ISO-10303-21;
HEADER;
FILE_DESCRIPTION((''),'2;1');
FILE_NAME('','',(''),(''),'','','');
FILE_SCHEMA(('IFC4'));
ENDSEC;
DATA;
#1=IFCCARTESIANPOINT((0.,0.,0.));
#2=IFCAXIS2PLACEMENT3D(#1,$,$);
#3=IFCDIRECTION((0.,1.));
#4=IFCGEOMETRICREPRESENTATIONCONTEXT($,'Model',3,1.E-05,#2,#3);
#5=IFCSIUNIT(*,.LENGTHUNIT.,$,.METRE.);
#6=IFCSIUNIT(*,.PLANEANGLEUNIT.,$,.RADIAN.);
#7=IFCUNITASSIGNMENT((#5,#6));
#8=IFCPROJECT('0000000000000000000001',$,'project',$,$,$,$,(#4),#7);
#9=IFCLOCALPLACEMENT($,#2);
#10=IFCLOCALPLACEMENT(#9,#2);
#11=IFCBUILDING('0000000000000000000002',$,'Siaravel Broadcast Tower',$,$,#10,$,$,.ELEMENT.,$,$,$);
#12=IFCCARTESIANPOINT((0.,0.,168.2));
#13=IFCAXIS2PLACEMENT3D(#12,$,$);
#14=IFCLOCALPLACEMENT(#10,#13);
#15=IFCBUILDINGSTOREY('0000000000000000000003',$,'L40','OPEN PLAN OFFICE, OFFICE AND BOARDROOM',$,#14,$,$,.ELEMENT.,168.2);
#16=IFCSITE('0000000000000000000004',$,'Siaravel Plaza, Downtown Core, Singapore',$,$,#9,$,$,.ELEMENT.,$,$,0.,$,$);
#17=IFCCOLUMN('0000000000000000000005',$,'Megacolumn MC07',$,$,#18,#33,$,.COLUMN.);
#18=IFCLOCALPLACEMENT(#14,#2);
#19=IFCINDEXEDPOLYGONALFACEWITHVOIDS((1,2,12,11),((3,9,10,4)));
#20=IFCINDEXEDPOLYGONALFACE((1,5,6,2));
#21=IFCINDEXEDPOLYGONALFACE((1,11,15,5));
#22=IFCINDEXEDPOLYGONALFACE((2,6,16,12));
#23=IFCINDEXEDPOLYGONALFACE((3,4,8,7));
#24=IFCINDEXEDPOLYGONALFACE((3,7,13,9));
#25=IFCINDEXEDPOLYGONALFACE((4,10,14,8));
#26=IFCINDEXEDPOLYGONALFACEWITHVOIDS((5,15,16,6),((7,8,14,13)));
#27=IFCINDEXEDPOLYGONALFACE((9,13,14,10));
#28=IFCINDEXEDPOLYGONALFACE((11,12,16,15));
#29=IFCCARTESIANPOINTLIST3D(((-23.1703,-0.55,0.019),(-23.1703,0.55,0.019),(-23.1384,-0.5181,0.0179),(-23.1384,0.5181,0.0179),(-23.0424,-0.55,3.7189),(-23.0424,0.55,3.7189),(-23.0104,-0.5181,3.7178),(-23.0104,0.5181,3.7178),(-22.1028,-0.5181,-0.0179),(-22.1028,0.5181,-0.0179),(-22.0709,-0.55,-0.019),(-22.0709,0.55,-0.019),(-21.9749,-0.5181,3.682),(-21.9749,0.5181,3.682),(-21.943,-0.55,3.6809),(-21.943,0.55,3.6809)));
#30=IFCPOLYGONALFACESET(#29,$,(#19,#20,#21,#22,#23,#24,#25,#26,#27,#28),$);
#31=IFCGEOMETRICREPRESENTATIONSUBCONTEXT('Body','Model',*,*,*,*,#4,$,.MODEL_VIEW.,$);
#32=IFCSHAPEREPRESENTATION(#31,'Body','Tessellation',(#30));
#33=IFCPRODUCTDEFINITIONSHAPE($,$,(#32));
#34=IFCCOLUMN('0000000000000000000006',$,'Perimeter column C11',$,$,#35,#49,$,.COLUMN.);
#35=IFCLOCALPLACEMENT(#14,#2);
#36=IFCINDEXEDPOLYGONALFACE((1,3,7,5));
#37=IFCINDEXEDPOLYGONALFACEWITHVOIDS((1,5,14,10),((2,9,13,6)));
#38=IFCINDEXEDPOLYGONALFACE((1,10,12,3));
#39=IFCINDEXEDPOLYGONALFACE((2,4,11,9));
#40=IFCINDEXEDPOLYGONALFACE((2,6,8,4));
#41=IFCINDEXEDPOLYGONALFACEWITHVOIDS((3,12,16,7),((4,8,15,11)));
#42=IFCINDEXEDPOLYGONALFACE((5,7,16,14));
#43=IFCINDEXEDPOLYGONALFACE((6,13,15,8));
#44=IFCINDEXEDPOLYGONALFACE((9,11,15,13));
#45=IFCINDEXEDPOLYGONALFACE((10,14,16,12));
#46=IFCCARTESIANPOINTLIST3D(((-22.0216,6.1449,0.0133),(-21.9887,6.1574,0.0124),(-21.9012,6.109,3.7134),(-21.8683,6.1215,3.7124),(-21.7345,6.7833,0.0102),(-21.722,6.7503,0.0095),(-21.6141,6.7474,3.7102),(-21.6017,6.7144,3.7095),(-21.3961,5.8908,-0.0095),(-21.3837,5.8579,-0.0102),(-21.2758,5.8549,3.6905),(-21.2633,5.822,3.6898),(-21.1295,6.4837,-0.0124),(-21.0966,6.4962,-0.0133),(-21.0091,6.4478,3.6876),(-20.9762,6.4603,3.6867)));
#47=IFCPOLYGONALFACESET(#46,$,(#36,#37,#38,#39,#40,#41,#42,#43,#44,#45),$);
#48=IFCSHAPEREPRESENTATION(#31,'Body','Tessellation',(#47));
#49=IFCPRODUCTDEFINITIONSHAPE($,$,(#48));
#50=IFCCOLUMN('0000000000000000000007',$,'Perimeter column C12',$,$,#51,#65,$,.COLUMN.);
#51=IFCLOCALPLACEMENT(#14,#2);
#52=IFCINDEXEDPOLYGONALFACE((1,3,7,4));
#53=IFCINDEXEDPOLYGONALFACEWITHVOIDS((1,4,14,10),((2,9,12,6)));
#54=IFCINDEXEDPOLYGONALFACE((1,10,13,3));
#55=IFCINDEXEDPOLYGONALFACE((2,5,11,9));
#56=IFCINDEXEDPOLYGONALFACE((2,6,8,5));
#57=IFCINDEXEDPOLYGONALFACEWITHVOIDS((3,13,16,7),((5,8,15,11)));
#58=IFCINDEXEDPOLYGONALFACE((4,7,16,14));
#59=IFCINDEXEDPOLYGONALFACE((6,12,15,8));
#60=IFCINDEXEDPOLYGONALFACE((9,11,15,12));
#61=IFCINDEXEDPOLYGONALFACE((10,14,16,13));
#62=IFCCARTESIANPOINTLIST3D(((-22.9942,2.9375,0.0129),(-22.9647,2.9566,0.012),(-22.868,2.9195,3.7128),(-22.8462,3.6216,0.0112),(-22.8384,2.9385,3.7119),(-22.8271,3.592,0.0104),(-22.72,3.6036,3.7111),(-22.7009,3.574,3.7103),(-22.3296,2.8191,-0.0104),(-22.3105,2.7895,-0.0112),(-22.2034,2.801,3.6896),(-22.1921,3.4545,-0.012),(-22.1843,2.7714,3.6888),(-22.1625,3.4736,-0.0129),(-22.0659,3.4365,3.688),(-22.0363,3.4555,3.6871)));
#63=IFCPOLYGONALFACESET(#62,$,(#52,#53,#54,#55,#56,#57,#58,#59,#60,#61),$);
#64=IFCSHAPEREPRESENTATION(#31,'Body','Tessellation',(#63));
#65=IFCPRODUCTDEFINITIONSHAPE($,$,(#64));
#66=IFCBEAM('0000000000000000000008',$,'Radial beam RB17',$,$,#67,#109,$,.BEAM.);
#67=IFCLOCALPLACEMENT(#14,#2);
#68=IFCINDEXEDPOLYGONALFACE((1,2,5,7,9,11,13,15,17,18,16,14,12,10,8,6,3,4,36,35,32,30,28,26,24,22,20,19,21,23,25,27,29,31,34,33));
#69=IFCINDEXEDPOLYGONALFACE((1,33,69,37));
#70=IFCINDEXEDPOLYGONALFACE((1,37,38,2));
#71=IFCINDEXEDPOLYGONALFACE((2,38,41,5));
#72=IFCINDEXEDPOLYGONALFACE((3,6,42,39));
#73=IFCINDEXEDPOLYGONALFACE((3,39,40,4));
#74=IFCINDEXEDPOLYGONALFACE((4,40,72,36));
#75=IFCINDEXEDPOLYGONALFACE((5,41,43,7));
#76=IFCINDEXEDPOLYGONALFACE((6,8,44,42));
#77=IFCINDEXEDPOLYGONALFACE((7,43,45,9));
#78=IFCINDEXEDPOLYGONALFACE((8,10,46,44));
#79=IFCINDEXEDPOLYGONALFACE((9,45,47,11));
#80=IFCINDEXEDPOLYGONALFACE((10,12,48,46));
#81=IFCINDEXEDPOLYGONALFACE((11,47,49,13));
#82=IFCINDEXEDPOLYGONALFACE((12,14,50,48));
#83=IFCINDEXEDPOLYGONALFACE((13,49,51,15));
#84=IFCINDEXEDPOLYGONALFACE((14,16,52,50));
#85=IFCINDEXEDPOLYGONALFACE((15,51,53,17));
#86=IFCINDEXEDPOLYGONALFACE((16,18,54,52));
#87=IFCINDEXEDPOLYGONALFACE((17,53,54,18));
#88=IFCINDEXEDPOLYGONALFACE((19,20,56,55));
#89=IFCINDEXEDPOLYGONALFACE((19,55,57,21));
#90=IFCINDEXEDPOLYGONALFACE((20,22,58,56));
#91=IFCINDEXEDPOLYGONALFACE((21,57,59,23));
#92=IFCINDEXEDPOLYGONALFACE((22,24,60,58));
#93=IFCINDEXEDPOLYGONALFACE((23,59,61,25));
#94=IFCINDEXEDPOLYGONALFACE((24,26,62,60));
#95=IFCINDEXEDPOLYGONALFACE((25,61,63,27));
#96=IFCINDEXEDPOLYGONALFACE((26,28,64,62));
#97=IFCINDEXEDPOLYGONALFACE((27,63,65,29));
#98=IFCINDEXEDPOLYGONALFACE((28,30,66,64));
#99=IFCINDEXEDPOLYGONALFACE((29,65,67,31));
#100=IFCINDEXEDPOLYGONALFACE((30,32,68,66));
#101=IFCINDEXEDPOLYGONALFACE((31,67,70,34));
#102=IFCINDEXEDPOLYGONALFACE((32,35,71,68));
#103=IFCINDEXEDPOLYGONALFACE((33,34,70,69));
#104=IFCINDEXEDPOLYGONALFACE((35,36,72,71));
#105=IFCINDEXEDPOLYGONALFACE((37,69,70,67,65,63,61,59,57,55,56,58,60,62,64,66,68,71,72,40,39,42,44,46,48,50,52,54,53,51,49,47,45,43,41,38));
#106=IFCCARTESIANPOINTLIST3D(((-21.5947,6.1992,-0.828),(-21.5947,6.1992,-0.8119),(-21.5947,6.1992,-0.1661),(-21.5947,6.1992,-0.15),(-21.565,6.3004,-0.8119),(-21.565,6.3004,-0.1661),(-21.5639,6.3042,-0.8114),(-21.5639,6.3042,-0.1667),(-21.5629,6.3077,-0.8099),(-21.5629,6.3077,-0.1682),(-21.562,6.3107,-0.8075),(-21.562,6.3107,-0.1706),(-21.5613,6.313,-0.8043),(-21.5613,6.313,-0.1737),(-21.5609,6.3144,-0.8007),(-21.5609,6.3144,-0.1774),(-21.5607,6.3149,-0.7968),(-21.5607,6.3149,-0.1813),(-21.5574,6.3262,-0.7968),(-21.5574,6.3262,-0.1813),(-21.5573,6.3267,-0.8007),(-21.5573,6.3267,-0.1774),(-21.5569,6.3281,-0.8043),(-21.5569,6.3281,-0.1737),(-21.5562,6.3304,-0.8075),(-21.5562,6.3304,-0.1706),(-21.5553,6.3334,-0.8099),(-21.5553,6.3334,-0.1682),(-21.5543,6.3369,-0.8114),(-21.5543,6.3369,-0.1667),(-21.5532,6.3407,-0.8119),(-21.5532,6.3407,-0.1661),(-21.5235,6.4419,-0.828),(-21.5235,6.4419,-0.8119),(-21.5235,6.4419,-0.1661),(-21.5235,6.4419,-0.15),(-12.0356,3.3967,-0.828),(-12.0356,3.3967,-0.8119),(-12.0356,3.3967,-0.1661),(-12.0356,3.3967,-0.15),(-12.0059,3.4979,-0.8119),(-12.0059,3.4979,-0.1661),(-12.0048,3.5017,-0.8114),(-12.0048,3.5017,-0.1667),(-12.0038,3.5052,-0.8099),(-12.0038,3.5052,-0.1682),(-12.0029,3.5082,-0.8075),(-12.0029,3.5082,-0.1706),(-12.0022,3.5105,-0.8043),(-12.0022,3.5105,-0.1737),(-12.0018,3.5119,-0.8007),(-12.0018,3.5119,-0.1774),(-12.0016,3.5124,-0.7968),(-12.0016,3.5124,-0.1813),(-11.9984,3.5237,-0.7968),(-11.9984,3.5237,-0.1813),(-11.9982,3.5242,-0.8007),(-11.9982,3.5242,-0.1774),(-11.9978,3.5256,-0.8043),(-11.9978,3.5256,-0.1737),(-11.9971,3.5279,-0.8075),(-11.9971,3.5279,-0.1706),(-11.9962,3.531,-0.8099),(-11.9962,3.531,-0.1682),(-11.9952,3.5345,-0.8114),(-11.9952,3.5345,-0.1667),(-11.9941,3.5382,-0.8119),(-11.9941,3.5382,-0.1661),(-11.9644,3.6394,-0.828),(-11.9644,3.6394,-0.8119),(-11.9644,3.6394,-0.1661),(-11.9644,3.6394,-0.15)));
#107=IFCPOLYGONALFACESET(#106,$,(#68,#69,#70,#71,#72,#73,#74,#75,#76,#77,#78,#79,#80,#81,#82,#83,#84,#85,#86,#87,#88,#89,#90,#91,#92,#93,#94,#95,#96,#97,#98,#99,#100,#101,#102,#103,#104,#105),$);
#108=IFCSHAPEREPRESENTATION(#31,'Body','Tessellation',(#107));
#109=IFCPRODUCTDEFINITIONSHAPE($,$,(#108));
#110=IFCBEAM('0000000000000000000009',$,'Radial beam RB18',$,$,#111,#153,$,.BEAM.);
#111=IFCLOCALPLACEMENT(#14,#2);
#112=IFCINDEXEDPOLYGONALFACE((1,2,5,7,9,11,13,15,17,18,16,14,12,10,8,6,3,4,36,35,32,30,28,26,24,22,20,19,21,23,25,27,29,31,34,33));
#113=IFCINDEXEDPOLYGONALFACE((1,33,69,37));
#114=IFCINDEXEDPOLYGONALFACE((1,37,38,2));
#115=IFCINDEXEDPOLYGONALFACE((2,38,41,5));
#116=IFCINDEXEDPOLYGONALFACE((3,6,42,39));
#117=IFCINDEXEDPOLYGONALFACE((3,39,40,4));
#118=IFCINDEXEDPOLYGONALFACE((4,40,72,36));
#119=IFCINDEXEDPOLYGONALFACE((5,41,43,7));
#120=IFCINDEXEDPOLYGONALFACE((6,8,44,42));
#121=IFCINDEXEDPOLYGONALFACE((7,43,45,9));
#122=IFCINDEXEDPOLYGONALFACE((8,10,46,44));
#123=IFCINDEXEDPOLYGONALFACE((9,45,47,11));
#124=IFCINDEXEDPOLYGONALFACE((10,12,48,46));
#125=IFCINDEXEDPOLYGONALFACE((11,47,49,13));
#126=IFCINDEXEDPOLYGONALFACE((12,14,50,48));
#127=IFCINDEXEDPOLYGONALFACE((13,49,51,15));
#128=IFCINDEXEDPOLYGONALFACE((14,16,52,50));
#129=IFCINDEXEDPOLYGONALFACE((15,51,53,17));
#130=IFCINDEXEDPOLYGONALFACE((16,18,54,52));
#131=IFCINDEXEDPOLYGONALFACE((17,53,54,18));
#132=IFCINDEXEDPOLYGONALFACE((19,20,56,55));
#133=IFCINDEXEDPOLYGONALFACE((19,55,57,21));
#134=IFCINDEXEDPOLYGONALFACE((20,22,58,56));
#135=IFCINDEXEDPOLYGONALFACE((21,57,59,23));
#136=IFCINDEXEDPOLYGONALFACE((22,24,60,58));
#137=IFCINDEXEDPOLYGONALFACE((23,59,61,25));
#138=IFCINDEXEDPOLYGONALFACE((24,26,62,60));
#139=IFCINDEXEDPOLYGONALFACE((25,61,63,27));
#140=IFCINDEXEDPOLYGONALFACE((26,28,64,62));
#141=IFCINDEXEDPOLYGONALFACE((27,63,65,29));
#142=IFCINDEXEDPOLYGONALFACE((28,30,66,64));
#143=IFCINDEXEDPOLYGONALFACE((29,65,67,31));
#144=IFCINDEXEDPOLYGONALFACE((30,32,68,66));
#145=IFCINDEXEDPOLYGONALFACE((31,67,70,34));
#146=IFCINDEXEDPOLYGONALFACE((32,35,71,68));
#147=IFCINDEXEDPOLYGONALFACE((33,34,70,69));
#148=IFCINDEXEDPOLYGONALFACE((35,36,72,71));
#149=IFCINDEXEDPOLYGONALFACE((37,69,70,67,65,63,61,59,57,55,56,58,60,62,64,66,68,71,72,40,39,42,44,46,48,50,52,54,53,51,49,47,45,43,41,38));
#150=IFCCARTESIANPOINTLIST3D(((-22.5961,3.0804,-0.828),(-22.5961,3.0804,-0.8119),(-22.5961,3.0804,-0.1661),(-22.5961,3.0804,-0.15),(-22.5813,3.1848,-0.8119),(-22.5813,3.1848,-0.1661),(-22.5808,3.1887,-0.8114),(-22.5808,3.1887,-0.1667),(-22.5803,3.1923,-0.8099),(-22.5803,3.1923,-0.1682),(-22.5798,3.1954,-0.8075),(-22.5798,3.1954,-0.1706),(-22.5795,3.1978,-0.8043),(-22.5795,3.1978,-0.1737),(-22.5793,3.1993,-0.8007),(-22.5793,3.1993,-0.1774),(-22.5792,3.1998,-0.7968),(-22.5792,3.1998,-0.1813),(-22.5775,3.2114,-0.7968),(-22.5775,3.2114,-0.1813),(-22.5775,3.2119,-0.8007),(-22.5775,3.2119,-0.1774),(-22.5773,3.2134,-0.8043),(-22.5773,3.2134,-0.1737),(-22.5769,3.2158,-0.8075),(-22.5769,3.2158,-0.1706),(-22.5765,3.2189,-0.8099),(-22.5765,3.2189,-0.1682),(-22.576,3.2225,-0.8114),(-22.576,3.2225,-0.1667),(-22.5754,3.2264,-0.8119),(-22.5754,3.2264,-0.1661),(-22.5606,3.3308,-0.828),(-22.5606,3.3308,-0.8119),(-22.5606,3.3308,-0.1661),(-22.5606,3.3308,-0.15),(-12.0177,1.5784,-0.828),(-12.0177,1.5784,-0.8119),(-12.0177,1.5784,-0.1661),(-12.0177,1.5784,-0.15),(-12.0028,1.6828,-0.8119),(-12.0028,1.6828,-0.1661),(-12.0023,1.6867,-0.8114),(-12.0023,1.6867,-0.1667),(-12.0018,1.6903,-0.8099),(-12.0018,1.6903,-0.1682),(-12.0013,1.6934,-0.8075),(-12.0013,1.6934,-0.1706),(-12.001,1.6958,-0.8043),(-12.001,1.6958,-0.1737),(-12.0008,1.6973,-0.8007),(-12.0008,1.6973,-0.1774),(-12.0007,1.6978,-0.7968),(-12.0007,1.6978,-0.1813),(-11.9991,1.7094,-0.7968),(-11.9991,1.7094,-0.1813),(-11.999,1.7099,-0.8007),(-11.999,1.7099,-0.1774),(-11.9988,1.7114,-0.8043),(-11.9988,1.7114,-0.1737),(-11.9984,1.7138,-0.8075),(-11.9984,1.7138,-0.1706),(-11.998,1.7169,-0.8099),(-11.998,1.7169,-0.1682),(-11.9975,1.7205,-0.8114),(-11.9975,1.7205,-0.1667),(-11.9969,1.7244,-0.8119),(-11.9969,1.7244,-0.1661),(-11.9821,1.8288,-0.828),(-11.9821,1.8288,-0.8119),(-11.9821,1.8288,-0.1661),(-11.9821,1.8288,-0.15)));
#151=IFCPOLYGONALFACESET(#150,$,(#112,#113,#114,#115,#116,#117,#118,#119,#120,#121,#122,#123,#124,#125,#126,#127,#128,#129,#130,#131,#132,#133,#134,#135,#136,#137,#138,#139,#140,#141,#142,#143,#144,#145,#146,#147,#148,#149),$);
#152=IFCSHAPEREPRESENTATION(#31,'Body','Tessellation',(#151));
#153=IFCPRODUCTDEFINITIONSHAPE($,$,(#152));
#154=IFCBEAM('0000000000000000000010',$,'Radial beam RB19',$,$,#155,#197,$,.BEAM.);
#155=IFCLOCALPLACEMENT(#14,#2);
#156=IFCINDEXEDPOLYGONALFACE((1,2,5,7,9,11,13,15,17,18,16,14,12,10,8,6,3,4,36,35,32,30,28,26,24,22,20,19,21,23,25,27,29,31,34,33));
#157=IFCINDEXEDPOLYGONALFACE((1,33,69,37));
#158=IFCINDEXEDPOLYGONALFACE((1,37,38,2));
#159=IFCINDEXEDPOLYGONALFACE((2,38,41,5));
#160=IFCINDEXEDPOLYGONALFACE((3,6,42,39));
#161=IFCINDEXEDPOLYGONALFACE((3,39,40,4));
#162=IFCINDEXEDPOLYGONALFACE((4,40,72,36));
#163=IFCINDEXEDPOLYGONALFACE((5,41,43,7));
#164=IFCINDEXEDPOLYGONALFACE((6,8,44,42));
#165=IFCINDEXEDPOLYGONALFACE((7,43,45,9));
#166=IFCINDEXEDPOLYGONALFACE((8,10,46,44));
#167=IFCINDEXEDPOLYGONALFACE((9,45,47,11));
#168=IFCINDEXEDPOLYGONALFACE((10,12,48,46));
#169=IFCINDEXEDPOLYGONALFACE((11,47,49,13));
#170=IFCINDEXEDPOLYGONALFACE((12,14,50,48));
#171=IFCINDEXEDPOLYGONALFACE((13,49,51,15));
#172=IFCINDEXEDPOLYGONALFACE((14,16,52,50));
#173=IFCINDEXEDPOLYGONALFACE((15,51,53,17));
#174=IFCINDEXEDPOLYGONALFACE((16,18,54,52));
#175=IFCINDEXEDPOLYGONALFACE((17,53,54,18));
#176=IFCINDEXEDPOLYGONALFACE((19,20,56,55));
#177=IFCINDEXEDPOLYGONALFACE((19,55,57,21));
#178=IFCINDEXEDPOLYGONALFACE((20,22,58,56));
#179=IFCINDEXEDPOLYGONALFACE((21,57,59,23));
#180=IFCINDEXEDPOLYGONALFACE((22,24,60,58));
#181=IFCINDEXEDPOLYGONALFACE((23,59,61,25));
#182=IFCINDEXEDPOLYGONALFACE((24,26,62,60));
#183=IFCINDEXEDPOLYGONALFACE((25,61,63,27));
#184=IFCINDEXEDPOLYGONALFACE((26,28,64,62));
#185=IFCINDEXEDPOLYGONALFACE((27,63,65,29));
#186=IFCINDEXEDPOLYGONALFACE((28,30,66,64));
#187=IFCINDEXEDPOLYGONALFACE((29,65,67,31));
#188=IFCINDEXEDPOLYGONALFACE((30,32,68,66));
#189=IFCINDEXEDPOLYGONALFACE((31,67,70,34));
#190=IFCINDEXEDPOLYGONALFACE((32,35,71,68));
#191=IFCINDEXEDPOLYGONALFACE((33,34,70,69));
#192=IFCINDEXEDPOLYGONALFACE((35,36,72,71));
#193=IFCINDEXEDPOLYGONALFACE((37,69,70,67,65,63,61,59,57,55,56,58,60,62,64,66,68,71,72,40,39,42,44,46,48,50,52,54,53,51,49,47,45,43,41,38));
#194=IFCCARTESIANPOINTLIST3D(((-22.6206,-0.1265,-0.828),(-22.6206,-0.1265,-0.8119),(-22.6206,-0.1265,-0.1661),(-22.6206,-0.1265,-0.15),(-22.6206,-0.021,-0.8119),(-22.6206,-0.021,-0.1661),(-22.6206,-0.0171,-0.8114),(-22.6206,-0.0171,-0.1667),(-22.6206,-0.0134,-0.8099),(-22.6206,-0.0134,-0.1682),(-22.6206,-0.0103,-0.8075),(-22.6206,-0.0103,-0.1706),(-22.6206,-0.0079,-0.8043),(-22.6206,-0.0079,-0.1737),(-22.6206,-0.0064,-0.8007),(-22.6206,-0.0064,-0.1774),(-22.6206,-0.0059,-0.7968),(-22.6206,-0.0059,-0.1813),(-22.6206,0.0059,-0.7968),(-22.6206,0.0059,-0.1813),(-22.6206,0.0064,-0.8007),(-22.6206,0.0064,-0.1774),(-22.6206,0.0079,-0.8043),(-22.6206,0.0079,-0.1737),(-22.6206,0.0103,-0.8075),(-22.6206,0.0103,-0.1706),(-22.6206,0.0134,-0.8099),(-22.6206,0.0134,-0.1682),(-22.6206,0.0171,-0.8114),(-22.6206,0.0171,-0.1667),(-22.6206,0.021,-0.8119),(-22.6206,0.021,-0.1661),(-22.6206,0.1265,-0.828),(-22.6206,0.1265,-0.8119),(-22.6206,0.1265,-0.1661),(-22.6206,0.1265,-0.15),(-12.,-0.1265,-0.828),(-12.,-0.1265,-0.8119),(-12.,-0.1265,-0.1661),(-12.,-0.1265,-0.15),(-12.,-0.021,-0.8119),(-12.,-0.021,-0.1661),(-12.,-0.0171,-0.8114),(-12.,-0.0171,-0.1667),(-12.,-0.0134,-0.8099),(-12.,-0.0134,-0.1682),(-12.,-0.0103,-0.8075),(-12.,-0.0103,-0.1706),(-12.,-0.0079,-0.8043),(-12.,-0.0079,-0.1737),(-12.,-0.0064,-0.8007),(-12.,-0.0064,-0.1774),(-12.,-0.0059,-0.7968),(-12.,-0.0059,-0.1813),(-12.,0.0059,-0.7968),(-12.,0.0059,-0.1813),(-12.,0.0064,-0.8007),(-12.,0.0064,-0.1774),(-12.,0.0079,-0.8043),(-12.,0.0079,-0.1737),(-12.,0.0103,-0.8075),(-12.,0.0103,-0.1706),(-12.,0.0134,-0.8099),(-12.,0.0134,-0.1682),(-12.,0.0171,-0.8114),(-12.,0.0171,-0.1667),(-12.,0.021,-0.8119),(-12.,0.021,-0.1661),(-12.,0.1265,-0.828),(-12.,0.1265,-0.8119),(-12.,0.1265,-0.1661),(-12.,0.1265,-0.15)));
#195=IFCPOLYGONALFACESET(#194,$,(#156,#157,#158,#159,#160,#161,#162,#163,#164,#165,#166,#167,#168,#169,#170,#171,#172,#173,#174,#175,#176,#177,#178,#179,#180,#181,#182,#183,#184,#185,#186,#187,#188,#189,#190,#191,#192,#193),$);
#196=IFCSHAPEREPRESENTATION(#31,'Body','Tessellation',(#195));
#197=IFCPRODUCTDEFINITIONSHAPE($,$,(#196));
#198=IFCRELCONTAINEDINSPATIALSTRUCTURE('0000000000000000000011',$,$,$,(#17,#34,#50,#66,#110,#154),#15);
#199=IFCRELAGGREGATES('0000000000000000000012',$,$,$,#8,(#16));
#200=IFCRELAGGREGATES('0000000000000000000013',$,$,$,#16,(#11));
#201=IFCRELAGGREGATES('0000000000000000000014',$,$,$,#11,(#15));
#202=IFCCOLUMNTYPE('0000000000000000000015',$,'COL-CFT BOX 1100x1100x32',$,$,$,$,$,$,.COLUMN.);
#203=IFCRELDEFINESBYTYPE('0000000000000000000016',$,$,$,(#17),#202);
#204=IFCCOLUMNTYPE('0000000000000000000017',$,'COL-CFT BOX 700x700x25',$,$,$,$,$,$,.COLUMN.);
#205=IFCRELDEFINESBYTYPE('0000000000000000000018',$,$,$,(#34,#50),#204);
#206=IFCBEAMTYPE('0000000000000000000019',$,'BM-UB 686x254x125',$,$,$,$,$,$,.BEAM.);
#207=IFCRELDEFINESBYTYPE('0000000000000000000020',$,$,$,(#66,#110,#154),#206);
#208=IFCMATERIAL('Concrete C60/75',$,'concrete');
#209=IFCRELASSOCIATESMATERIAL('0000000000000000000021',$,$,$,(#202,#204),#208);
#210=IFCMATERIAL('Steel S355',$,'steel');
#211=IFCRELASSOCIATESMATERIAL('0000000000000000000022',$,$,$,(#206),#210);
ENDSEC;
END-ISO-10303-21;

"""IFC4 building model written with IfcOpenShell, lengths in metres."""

from ifc_helpers import new_model, si_unit, direction, frame, origin, origin_2d, place, context, subcontext, project, spatial, hollow_rectangle, i_section, extrude, material, material_profile, profile_set, type_object, element, save


model = new_model("IFC4")

# Units and contexts
model_context = context("Model", 3, precision=1e-05, world=origin(), true_north=direction((0.0, 1.0)))
body_context = subcontext(model_context, "Body", "Model", "MODEL_VIEW")
ifc_project = project(units=[si_unit("LENGTHUNIT", "METRE"), si_unit("PLANEANGLEUNIT", "RADIAN")], contexts=[model_context])

# Site, building, storey
site_placement = place(None, origin())
site = spatial("IfcSite", under=ifc_project, at=site_placement, Name="Siaravel Plaza, Downtown Core, Singapore", CompositionType="ELEMENT", RefElevation=0.0)
building_placement = place(site_placement, origin())
building = spatial("IfcBuilding", under=site, at=building_placement, Name="Siaravel Broadcast Tower", CompositionType="ELEMENT")
storey_placement = place(building_placement, frame((0.0, 0.0, 168.2)))
storey = spatial("IfcBuildingStorey", under=building, at=storey_placement, Name="L40", Description="OPEN PLAN OFFICE, OFFICE AND BOARDROOM", CompositionType="ELEMENT", Elevation=168.2)

# Columns
ifc_material_1 = material(Name="Concrete C60/75", Category="concrete")
ifc_material_profile_1 = material_profile(ifc_material_1, hollow_rectangle(XDim=1.1001, YDim=1.1001, WallThickness=0.032, at=origin_2d()))
ifc_profile_set_1 = profile_set([ifc_material_profile_1], Name="Concrete C60/75")
column_type_1 = type_object("IfcColumnType", Name="COL-CFT BOX 1100x1100x32", PredefinedType="COLUMN", material=ifc_profile_set_1)
column_placement = place(storey_placement, frame((-22.6206, 0.0, 0.0), z_axis=(0.034555, 0.0, 0.999403), x_axis=(0.0, 1.0, 0.0)))
element("IfcColumn", 1, at=column_placement, inside=storey, type_object=column_type_1, Name="Megacolumn MC07", PredefinedType="COLUMN", context=body_context, shape_type="SweptSolid", body=[
    extrude(hollow_rectangle(XDim=1.1001, YDim=1.1001, WallThickness=0.032, at=origin_2d()), origin(), (0.0, 0.0, 1.0), 3.7021),
])
ifc_material_profile_2 = material_profile(ifc_material_1, hollow_rectangle(XDim=0.7, YDim=0.7, WallThickness=0.0249, at=origin_2d()))
ifc_profile_set_2 = profile_set([ifc_material_profile_2], Name="Concrete C60/75")
column_type_2 = type_object("IfcColumnType", Name="COL-CFT BOX 700x700x25", PredefinedType="COLUMN", material=ifc_profile_set_2)
for number, where, z_axis, x_axis, name in (
    (2, (-21.5591, 6.3206, 0.0), (0.032512, -0.009694, 0.999424), (0.410188, 0.91199, -0.004498), "Perimeter column C11"),
    (3, (-22.5784, 3.2056, 0.0), (0.034094, -0.00488, 0.999407), (0.211515, 0.977372, -0.002443), "Perimeter column C12"),
):
    element("IfcColumn", number, at=place(storey_placement, frame(where, z_axis=z_axis, x_axis=x_axis)), inside=storey, type_object=column_type_2, Name=name, PredefinedType="COLUMN", context=body_context, shape_type="SweptSolid", body=[
        extrude(hollow_rectangle(XDim=0.7, YDim=0.7, WallThickness=0.0249, at=origin_2d()), origin(), (0.0, 0.0, 1.0), 3.7021),
    ])

# Beams
ifc_material_2 = material(Name="Steel S355", Category="steel")
ifc_material_profile_3 = material_profile(ifc_material_2, i_section(OverallWidth=0.2529, OverallDepth=0.678, WebThickness=0.0117, FlangeThickness=0.0161, FilletRadius=0.0151, at=origin_2d()))
ifc_profile_set_3 = profile_set([ifc_material_profile_3], Name="Steel S355")
beam_type = type_object("IfcBeamType", Name="BM-UB 686x254x125", PredefinedType="BEAM", material=ifc_profile_set_3)
beam_1_placement = place(storey_placement, frame((-21.5591, 6.3206, -0.489), z_axis=(0.95961, -0.281334, 0.0), x_axis=(0.281334, 0.95961, 0.0)))
element("IfcBeam", 4, at=beam_1_placement, inside=storey, type_object=beam_type, Name="Radial beam RB17", PredefinedType="BEAM", context=body_context, shape_type="SweptSolid", body=[
    extrude(i_section(OverallWidth=0.2529, OverallDepth=0.678, WebThickness=0.0117, FlangeThickness=0.0161, FilletRadius=0.0151, at=origin_2d()), origin(), (0.0, 0.0, 1.0), 9.9614),
])
beam_2_placement = place(storey_placement, frame((-22.5784, 3.2056, -0.489), z_axis=(0.99007, -0.140574, 0.0), x_axis=(0.140574, 0.99007, 0.0)))
element("IfcBeam", 5, at=beam_2_placement, inside=storey, type_object=beam_type, Name="Radial beam RB18", PredefinedType="BEAM", context=body_context, shape_type="SweptSolid", body=[
    extrude(i_section(OverallWidth=0.2529, OverallDepth=0.678, WebThickness=0.0117, FlangeThickness=0.0161, FilletRadius=0.0151, at=origin_2d()), origin(), (0.0, 0.0, 1.0), 10.6846),
])
beam_3_placement = place(storey_placement, frame((-22.6206, 0.0, -0.489), z_axis=(1.0, 0.0, 0.0), x_axis=(0.0, 1.0, 0.0)))
element("IfcBeam", 6, at=beam_3_placement, inside=storey, type_object=beam_type, Name="Radial beam RB19", PredefinedType="BEAM", context=body_context, shape_type="SweptSolid", body=[
    extrude(i_section(OverallWidth=0.2529, OverallDepth=0.678, WebThickness=0.0117, FlangeThickness=0.0161, FilletRadius=0.0151, at=origin_2d()), origin(), (0.0, 0.0, 1.0), 10.6206),
])

save(model, "model.ifc")
